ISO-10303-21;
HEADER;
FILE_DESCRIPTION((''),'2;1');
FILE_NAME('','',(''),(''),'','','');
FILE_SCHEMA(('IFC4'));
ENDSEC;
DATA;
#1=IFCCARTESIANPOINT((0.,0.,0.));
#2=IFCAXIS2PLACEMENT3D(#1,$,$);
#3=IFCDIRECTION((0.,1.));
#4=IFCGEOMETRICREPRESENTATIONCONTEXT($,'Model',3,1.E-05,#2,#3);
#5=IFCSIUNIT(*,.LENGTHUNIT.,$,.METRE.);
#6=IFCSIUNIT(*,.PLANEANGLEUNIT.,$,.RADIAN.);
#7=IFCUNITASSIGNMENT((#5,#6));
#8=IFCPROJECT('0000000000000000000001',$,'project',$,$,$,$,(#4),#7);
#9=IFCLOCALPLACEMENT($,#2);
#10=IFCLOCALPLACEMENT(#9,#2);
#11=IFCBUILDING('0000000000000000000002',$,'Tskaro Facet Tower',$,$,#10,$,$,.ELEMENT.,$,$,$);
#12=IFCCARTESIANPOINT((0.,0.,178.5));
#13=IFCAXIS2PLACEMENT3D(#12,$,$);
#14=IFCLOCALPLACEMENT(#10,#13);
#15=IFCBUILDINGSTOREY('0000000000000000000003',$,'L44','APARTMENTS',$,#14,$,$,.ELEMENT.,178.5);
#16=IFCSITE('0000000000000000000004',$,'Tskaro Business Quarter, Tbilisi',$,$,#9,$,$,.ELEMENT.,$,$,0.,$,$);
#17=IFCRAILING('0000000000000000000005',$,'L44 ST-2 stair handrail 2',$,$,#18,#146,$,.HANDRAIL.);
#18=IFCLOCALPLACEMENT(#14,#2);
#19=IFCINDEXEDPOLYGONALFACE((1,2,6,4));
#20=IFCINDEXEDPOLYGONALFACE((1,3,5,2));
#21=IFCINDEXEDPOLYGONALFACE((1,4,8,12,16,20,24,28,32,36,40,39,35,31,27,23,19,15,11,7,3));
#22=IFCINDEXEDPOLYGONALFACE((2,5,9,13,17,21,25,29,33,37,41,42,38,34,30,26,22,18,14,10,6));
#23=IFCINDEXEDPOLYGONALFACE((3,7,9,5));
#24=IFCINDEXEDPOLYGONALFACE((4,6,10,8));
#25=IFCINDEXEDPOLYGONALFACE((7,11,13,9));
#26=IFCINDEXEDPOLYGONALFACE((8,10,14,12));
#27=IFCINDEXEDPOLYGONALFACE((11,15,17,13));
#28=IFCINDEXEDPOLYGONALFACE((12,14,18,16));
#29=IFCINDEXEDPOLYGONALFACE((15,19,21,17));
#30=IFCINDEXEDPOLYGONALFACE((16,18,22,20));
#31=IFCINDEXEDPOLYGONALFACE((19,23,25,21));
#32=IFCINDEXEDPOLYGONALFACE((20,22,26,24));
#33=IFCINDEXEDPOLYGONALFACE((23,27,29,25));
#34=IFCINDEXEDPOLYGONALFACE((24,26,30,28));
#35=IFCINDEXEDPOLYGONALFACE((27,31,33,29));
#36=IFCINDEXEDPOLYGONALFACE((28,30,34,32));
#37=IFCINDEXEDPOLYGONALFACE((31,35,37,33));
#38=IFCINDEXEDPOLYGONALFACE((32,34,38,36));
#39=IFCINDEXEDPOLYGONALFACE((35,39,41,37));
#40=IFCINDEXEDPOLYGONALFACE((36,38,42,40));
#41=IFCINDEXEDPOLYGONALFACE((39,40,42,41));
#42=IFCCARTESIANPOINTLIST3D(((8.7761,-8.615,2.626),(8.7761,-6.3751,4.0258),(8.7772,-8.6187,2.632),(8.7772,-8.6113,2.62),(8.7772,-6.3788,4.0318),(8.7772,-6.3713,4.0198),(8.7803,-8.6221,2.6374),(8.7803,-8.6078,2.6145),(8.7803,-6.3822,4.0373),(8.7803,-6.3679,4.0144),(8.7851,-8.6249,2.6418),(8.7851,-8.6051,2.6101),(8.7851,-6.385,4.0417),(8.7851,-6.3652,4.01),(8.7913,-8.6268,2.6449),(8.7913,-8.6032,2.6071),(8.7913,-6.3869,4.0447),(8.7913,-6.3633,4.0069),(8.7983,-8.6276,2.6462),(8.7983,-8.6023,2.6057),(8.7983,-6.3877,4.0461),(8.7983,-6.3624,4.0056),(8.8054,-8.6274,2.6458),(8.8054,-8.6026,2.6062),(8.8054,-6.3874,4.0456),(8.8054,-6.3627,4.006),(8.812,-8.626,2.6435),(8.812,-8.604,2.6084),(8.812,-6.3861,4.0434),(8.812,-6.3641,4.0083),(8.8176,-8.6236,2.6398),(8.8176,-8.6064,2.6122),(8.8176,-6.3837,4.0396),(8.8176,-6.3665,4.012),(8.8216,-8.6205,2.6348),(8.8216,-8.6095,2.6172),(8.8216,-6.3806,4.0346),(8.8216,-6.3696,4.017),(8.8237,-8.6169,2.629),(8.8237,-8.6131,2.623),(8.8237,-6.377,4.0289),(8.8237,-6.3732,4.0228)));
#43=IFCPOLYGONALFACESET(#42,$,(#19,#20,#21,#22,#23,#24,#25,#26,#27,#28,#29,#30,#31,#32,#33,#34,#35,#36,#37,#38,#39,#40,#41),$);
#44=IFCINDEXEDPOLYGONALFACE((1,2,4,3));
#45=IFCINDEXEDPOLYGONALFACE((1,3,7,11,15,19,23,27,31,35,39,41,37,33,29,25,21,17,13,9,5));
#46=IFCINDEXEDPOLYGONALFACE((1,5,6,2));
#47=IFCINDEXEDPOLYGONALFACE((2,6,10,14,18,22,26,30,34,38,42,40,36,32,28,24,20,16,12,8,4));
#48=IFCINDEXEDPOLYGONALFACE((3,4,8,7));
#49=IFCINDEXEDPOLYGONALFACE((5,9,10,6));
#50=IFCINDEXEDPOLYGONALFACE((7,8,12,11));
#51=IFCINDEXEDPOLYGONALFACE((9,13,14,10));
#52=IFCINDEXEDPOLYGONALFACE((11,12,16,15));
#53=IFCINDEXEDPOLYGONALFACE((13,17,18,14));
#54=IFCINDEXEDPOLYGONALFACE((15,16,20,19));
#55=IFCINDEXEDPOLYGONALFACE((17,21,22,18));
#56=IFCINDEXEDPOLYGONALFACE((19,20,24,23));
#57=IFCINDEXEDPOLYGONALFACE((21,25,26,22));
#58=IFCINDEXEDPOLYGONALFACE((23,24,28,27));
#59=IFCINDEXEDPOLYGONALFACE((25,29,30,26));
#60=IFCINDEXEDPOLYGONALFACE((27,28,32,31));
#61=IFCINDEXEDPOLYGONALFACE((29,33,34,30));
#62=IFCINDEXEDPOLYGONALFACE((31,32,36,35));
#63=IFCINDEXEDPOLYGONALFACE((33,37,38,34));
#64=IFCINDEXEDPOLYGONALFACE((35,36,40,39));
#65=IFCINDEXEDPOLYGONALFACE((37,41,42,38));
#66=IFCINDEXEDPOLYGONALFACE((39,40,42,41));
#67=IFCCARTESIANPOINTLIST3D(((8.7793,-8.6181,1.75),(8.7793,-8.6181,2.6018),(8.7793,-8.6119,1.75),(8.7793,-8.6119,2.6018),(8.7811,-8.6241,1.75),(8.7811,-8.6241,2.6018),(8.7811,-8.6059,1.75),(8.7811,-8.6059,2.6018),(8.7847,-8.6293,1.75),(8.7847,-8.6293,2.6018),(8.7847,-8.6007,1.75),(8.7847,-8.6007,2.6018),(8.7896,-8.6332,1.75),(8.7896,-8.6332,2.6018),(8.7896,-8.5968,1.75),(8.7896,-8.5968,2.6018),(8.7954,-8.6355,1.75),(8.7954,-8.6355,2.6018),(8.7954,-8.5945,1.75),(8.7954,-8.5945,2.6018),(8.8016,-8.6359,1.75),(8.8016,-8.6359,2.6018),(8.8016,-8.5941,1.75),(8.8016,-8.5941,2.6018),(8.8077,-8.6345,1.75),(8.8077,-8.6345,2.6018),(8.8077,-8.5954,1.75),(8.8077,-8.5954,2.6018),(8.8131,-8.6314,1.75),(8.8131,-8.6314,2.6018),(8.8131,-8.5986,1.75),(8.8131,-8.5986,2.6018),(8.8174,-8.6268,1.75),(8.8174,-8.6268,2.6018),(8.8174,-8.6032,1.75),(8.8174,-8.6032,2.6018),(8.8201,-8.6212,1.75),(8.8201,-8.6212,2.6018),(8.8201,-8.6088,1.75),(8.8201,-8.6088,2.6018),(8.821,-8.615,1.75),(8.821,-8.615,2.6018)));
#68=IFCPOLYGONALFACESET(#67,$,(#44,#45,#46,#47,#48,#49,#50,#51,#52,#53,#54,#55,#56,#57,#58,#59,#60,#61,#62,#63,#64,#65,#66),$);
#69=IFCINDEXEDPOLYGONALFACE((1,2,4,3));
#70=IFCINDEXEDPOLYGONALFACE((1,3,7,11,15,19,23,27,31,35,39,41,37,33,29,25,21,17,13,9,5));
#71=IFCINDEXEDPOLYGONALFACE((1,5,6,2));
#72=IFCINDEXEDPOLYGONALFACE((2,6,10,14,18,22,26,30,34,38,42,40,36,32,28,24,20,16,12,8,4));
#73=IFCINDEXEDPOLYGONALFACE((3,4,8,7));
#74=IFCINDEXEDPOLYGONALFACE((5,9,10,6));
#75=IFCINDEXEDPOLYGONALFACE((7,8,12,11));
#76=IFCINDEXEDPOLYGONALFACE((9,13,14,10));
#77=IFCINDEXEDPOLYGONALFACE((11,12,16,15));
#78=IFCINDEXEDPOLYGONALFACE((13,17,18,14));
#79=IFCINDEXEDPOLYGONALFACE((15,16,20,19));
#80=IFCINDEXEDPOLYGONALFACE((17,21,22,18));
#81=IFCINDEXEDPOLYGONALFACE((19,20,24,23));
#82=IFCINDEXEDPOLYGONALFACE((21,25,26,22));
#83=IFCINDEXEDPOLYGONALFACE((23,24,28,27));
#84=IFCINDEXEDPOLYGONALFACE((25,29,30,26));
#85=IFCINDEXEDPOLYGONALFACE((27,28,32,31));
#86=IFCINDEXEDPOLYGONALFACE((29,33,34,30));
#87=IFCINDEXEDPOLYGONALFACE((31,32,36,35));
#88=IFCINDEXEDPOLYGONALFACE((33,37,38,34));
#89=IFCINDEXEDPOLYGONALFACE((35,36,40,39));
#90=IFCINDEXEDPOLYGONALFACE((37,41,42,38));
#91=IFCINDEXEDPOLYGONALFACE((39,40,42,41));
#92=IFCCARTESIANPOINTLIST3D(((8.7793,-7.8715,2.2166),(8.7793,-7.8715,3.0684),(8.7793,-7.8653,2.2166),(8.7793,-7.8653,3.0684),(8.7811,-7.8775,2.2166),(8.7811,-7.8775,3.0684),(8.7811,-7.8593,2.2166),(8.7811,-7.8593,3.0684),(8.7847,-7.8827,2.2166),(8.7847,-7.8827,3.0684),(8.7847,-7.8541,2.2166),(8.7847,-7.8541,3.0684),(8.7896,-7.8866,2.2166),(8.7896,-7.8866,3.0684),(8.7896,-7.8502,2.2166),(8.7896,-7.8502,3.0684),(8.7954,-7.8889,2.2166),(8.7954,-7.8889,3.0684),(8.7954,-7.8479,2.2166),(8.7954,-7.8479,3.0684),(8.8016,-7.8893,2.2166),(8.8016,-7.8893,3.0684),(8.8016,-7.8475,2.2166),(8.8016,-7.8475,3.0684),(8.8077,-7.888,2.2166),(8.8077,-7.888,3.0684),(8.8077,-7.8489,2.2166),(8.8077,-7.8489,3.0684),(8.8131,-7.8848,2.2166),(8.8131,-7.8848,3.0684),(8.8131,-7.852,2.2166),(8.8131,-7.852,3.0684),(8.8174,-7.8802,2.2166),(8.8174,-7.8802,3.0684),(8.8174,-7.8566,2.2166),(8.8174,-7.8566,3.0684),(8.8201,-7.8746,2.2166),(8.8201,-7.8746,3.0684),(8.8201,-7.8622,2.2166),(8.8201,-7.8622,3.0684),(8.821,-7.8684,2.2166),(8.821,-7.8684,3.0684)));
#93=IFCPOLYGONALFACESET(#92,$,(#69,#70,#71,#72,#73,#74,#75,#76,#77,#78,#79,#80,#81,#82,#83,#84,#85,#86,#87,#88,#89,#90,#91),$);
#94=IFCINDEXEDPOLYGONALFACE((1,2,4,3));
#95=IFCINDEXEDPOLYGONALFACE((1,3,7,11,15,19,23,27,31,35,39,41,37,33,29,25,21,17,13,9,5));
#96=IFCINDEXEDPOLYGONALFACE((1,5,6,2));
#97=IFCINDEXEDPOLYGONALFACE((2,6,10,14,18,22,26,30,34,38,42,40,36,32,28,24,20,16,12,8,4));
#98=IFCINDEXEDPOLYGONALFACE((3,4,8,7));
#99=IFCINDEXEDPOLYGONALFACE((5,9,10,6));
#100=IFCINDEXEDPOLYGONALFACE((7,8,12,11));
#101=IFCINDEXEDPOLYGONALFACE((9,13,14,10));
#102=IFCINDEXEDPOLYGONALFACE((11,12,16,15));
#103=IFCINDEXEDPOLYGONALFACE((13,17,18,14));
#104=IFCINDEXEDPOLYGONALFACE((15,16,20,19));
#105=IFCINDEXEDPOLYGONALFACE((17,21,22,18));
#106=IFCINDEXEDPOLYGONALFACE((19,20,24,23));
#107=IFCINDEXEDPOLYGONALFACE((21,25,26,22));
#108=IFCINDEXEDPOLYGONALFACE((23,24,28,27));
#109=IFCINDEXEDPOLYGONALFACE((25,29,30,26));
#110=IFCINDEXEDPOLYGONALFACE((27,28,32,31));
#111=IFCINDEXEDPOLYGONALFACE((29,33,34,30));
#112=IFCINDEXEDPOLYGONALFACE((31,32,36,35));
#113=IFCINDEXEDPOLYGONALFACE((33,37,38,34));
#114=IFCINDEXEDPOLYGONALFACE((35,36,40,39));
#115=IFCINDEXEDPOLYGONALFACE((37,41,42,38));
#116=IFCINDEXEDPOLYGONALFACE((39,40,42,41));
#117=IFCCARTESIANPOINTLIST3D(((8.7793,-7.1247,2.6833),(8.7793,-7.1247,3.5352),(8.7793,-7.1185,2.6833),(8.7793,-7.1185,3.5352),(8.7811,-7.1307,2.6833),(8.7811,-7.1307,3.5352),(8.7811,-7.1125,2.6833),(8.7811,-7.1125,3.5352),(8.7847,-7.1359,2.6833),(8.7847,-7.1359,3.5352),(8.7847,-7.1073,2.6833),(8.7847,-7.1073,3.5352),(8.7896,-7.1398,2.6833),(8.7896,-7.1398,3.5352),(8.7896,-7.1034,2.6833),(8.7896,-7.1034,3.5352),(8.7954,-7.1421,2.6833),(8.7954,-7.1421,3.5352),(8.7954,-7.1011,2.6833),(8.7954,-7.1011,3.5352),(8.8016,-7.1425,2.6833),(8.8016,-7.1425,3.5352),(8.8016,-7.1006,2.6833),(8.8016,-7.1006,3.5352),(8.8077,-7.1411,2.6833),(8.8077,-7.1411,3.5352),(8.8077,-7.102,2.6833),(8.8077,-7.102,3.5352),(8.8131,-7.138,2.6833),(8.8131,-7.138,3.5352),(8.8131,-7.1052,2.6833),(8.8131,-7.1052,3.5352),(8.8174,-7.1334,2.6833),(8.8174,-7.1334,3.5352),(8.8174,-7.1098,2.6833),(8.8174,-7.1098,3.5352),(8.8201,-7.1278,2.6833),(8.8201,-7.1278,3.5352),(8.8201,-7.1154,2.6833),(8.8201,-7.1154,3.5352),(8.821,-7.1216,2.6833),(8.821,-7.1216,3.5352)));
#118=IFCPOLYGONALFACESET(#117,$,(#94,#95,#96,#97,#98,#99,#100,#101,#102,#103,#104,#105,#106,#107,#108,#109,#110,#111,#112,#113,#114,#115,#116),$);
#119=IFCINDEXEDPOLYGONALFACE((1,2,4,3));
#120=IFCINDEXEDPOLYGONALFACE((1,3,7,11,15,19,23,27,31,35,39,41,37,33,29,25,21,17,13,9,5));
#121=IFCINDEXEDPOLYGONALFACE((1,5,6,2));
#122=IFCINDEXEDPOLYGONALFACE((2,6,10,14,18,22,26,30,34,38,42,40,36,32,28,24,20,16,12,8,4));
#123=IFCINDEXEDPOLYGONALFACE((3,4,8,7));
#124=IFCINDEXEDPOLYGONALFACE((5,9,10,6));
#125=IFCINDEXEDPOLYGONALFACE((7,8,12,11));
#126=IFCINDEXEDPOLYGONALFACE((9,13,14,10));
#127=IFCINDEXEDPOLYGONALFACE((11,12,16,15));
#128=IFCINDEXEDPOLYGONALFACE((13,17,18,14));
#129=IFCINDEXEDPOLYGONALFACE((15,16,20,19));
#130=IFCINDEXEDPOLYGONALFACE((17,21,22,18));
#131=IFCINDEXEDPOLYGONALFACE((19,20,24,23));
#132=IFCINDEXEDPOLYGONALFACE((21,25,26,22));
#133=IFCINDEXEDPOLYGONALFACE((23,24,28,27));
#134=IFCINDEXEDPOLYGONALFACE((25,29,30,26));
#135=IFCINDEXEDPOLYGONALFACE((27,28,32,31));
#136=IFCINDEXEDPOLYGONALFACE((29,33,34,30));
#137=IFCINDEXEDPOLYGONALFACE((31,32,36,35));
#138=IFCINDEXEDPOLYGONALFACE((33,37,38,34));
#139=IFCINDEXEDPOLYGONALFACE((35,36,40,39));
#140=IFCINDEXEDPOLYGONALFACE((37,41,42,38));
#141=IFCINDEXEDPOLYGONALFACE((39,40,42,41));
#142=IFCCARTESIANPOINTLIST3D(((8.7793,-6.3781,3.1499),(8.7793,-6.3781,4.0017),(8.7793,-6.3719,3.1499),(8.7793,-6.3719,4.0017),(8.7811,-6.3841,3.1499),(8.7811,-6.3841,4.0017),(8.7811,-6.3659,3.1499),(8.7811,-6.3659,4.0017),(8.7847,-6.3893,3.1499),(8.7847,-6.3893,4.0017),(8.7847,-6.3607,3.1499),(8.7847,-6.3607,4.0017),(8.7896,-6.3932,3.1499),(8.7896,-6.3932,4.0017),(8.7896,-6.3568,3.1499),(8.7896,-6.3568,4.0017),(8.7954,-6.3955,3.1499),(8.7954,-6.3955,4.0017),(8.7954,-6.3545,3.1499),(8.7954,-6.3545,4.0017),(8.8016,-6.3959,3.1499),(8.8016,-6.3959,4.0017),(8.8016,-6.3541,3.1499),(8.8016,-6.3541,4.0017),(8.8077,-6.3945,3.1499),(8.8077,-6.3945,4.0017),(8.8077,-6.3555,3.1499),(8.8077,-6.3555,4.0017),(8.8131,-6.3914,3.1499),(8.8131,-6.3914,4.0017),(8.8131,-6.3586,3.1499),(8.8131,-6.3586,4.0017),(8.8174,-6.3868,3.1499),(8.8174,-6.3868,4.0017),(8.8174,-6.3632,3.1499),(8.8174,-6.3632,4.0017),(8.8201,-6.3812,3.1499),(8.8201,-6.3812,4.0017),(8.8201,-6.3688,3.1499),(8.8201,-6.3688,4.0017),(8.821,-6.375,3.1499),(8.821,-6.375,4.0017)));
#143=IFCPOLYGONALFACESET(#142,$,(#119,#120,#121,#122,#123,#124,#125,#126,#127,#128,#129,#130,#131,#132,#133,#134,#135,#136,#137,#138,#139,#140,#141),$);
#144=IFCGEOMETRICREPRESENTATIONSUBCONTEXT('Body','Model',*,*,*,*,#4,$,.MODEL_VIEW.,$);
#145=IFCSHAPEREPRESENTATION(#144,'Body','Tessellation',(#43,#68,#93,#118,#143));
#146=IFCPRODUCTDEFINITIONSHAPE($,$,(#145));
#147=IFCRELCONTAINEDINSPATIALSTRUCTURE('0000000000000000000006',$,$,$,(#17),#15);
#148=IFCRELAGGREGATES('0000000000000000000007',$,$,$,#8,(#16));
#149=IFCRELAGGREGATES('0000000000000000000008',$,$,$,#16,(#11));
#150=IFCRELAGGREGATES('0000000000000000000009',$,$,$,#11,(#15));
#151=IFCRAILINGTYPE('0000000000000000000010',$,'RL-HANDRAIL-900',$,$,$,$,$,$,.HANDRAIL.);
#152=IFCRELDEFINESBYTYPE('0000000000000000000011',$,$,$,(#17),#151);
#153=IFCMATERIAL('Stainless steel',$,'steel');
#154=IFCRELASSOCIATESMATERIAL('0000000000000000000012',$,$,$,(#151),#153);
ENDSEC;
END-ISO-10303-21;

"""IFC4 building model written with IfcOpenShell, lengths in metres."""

from ifc_helpers import new_model, si_unit, direction, frame, origin, origin_2d, place, context, subcontext, project, spatial, circle, extrude, material, type_object, element, save


model = new_model("IFC4")

# Units and contexts
model_context = context("Model", 3, precision=1e-05, world=origin(), true_north=direction((0.0, 1.0)))
body_context = subcontext(model_context, "Body", "Model", "MODEL_VIEW")
ifc_project = project(units=[si_unit("LENGTHUNIT", "METRE"), si_unit("PLANEANGLEUNIT", "RADIAN")], contexts=[model_context])

# Site, building, storey
site_placement = place(None, origin())
site = spatial("IfcSite", under=ifc_project, at=site_placement, Name="Tskaro Business Quarter, Tbilisi", CompositionType="ELEMENT", RefElevation=0.0)
building_placement = place(site_placement, origin())
building = spatial("IfcBuilding", under=site, at=building_placement, Name="Tskaro Facet Tower", CompositionType="ELEMENT")
storey_placement = place(building_placement, frame((0.0, 0.0, 178.5)))
storey = spatial("IfcBuildingStorey", under=building, at=storey_placement, Name="L44", Description="APARTMENTS", CompositionType="ELEMENT", Elevation=178.5)

# Shared definitions
ifc_material_1 = material(Name="Stainless steel", Category="steel")

# Railing
railing_type_1 = type_object("IfcRailingType", Name="RL-HANDRAIL-900", PredefinedType="HANDRAIL", material=ifc_material_1)
railing_1_placement = place(storey_placement, frame((8.8, -8.615, 1.75)))
element("IfcRailing", 1, at=railing_1_placement, inside=storey, type_object=railing_type_1, Name="L44 ST-2 stair handrail 2", PredefinedType="HANDRAIL", context=body_context, shape_type="SweptSolid", body=[
    extrude(circle(Radius=0.0239, at=origin_2d()), frame((0.0, 0.0, 0.876), z_axis=(0.0, 0.848014, 0.529974), x_axis=(-1.0, 0.0, 0.0)), (0.0, 0.0, 1.0), 2.6414),
    extrude(circle(Radius=0.021, at=origin_2d()), origin(), (0.0, 0.0, 1.0), 0.8518),
    extrude(circle(Radius=0.021, at=origin_2d()), frame((0.0, 0.7466, 0.4666)), (0.0, 0.0, 1.0), 0.8518),
    extrude(circle(Radius=0.021, at=origin_2d()), frame((0.0, 1.4934, 0.9333)), (0.0, 0.0, 1.0), 0.8518),
    extrude(circle(Radius=0.021, at=origin_2d()), frame((0.0, 2.24, 1.3999)), (0.0, 0.0, 1.0), 0.8518),
])

save(model, "model.ifc")
